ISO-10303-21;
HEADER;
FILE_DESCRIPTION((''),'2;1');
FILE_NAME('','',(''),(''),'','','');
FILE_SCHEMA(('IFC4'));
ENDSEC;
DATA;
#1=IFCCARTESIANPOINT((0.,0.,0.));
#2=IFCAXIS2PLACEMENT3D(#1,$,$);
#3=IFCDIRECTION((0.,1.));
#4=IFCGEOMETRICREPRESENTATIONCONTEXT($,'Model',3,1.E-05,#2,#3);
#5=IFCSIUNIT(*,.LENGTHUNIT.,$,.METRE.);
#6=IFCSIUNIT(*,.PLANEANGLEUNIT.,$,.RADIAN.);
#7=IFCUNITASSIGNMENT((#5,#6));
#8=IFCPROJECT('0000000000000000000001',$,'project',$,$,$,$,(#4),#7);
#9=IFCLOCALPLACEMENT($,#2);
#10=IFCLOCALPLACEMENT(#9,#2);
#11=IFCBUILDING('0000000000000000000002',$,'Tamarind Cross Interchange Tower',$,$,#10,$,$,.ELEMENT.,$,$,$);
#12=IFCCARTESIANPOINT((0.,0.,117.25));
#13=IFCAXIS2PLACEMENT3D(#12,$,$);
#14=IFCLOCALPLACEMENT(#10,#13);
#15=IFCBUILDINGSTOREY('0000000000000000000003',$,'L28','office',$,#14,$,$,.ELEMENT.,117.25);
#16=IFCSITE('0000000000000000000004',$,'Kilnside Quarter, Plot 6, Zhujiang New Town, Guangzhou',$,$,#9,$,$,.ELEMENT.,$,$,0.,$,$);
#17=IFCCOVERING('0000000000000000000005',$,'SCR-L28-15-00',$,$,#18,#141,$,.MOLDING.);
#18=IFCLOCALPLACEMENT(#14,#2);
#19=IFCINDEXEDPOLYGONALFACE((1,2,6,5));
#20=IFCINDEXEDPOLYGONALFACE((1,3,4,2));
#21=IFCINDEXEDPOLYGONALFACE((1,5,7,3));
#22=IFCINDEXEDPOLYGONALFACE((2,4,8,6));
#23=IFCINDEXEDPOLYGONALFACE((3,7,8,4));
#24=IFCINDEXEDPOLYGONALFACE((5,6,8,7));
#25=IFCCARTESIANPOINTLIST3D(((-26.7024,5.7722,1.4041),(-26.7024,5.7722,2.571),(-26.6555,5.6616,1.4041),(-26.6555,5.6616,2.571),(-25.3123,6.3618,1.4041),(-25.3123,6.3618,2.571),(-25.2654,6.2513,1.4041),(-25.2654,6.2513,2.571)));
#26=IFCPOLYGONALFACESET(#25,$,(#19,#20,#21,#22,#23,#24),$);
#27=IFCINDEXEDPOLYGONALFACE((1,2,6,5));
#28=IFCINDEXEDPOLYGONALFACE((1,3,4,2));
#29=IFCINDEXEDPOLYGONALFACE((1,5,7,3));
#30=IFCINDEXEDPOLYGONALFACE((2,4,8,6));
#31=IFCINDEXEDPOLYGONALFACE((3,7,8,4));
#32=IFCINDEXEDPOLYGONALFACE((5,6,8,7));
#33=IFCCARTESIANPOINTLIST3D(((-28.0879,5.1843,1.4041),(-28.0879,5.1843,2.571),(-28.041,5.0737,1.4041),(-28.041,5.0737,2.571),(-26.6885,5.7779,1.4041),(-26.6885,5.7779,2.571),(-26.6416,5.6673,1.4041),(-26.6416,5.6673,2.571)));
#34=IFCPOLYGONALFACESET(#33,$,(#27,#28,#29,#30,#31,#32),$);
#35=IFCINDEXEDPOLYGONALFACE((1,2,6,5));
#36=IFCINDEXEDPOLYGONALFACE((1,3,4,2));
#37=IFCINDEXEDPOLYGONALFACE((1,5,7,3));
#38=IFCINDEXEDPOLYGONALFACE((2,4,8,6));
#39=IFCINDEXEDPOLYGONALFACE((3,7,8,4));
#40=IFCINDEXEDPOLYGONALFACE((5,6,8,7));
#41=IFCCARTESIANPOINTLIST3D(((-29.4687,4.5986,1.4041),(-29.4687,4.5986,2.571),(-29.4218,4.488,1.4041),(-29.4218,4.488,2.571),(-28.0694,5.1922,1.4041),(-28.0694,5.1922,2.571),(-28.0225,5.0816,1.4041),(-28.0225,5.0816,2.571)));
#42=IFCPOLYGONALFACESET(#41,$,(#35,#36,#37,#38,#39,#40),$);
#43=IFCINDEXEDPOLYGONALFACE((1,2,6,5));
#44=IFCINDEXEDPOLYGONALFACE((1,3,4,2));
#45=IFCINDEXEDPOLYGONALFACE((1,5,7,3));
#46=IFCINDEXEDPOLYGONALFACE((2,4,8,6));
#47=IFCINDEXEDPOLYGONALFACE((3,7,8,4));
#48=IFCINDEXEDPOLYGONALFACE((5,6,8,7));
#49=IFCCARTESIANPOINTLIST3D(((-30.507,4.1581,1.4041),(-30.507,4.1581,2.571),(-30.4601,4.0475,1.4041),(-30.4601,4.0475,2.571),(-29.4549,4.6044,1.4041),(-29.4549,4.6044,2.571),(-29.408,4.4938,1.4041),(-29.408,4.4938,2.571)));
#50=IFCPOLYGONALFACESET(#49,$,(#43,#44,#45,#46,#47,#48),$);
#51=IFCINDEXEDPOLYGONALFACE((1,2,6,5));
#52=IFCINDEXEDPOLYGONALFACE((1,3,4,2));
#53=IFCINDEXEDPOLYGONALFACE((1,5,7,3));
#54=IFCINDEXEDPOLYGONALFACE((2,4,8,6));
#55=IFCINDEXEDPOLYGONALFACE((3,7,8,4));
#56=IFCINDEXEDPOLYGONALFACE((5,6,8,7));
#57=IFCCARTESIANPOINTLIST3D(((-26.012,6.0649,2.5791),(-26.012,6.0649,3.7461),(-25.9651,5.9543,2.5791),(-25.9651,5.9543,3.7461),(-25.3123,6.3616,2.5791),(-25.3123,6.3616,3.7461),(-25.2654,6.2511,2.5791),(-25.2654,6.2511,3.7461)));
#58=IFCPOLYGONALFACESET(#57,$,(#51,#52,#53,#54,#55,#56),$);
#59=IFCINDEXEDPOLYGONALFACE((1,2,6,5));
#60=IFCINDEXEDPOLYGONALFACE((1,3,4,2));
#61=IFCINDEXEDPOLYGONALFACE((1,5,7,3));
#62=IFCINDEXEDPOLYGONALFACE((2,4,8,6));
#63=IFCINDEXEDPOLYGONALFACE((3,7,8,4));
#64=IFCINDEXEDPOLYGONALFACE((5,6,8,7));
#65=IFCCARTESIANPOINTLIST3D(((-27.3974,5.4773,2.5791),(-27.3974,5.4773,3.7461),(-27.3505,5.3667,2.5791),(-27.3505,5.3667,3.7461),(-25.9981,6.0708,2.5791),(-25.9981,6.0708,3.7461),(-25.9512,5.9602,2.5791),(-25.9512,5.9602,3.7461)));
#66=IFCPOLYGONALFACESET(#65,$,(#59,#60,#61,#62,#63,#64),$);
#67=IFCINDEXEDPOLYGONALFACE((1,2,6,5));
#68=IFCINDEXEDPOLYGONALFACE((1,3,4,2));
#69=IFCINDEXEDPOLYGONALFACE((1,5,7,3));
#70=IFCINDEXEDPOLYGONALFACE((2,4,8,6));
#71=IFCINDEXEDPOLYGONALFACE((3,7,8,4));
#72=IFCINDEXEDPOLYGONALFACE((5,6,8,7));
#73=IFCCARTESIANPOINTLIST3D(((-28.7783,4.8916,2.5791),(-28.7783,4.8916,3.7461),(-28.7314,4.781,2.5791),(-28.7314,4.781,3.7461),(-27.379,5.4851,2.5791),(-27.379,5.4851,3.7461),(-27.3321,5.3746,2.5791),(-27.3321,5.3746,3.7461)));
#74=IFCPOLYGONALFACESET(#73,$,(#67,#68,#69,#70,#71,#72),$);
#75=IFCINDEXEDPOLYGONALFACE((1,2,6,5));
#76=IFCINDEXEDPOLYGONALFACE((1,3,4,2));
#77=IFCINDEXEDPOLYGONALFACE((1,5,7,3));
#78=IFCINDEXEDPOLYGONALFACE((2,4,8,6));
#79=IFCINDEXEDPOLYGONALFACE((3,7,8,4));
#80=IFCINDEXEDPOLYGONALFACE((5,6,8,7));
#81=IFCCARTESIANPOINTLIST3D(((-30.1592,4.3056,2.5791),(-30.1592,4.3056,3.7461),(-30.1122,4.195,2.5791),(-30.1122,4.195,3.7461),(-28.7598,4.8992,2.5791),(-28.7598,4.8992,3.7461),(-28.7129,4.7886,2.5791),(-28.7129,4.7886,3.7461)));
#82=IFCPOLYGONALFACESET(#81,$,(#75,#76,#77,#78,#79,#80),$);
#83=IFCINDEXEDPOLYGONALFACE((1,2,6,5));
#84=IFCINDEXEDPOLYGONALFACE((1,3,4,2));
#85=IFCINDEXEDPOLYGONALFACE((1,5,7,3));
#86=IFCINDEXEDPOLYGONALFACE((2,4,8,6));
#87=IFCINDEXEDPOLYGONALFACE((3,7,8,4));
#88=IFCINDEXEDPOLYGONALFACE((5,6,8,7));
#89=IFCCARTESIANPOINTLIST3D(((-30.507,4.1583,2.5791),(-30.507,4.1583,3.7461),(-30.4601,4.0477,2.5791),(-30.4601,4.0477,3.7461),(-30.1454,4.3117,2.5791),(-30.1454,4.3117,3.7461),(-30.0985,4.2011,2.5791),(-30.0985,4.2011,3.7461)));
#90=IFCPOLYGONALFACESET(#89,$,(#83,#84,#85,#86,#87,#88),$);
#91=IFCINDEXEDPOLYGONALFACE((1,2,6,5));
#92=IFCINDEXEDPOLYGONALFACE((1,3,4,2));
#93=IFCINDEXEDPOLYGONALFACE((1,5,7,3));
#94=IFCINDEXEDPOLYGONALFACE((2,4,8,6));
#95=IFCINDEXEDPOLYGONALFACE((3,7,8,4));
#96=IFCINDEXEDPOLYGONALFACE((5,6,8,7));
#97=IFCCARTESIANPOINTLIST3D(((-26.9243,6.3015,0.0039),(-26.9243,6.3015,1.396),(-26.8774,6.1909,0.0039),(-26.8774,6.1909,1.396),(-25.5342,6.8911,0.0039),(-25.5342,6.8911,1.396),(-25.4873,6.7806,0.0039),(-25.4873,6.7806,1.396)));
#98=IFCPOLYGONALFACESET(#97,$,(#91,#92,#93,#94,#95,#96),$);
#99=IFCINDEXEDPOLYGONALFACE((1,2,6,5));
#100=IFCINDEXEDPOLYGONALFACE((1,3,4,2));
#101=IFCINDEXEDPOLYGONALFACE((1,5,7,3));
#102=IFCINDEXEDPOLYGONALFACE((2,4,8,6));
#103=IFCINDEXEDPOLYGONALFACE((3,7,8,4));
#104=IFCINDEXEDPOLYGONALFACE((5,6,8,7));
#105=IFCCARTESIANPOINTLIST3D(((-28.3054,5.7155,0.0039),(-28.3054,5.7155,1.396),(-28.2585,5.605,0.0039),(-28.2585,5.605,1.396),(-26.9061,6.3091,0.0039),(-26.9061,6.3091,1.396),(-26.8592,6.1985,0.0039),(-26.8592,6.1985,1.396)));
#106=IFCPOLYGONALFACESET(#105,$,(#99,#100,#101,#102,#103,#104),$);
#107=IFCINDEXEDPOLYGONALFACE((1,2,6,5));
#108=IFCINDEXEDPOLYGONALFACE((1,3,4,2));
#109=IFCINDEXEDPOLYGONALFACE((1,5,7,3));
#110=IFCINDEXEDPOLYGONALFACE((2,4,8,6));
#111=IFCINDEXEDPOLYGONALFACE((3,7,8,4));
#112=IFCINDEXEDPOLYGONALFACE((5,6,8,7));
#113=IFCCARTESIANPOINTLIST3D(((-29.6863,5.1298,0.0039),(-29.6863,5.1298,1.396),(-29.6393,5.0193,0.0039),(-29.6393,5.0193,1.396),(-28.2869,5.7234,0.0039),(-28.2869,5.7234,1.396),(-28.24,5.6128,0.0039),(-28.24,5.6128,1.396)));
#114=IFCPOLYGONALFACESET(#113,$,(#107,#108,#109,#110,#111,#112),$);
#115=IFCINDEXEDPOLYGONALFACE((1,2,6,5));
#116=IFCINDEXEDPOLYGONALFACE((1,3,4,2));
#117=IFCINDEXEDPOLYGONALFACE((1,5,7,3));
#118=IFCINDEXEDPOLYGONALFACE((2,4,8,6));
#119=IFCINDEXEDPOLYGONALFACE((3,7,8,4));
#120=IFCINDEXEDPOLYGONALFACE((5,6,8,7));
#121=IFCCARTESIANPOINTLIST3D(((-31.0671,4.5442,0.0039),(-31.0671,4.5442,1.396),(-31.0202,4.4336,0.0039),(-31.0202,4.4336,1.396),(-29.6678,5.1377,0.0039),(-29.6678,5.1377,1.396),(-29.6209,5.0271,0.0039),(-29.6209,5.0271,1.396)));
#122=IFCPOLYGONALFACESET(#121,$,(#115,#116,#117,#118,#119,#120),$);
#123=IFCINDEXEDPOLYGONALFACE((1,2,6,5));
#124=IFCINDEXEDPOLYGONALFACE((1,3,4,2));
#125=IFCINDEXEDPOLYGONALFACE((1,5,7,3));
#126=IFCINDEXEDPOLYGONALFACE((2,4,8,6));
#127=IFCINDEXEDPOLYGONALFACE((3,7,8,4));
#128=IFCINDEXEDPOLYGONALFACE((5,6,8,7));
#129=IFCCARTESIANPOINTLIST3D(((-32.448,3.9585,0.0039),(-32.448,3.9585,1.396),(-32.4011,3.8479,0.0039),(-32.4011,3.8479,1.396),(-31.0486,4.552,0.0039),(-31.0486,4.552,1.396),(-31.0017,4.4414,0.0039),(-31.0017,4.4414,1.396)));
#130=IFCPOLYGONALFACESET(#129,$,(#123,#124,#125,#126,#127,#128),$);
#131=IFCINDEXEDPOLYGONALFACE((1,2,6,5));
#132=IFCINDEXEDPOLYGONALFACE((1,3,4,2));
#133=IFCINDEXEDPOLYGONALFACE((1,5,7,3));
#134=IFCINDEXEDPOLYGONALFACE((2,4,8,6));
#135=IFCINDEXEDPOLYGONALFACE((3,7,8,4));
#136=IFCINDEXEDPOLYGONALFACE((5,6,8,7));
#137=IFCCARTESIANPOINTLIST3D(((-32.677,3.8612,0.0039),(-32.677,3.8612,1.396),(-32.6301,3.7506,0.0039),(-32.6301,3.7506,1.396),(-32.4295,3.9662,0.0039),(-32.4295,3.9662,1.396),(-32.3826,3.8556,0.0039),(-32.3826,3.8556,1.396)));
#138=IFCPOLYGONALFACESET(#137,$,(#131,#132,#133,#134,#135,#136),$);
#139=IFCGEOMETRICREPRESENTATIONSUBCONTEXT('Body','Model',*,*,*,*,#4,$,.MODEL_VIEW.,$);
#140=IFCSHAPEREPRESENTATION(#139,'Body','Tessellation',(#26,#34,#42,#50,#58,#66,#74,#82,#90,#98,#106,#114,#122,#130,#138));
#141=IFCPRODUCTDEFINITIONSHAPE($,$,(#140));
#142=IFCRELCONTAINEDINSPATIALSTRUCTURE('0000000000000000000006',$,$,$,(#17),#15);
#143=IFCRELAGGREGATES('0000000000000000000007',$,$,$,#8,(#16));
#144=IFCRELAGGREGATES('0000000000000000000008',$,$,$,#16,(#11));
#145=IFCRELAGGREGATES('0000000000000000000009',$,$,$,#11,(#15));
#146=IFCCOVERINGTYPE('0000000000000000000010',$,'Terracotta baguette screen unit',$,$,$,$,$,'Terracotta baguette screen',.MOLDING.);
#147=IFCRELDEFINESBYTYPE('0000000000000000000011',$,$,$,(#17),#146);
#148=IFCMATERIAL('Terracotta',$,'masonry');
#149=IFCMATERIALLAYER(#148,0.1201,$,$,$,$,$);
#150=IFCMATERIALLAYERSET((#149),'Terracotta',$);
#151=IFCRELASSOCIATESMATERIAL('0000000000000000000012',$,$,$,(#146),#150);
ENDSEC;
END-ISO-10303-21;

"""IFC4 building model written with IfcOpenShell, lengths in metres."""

from ifc_helpers import new_model, si_unit, direction, frame, origin, origin_2d, place, context, subcontext, project, spatial, rectangle, extrude, material, layer, layer_set, type_object, element, save


model = new_model("IFC4")

# Units and contexts
model_context = context("Model", 3, precision=1e-05, world=origin(), true_north=direction((0.0, 1.0)))
body_context = subcontext(model_context, "Body", "Model", "MODEL_VIEW")
ifc_project = project(units=[si_unit("LENGTHUNIT", "METRE"), si_unit("PLANEANGLEUNIT", "RADIAN")], contexts=[model_context])

# Site, building, storey
site_placement = place(None, origin())
site = spatial("IfcSite", under=ifc_project, at=site_placement, Name="Kilnside Quarter, Plot 6, Zhujiang New Town, Guangzhou", CompositionType="ELEMENT", RefElevation=0.0)
building_placement = place(site_placement, origin())
building = spatial("IfcBuilding", under=site, at=building_placement, Name="Tamarind Cross Interchange Tower", CompositionType="ELEMENT")
storey_placement = place(building_placement, frame((0.0, 0.0, 117.25)))
storey = spatial("IfcBuildingStorey", under=building, at=storey_placement, Name="L28", Description="office", CompositionType="ELEMENT", Elevation=117.25)

# Covering
ifc_material_1 = material(Name="Terracotta", Category="masonry")
ifc_layer_1 = layer(ifc_material_1, 0.1201)
ifc_layer_set_1 = layer_set([ifc_layer_1], Name="Terracotta")
covering_type = type_object("IfcCoveringType", Name="Terracotta baguette screen unit", ElementType="Terracotta baguette screen", PredefinedType="MOLDING", material=ifc_layer_set_1)
covering_1_placement = place(storey_placement, origin())
element("IfcCovering", 1, at=covering_1_placement, inside=storey, type_object=covering_type, Name="SCR-L28-15-00", PredefinedType="MOLDING", context=body_context, shape_type="SweptSolid", body=[
    extrude(rectangle(XDim=1.51, YDim=0.1201, at=origin_2d()), frame((-25.9839, 6.0117, 1.4041), z_axis=(0.0, 0.0, 1.0), x_axis=(-0.920603, -0.3905, 0.0)), (0.0, 0.0, 1.0), 1.167),
    extrude(rectangle(XDim=1.52, YDim=0.1201, at=origin_2d()), frame((-27.3647, 5.4258, 1.4041), z_axis=(0.0, 0.0, 1.0), x_axis=(-0.920603, -0.3905, 0.0)), (0.0, 0.0, 1.0), 1.167),
    extrude(rectangle(XDim=1.52, YDim=0.1201, at=origin_2d()), frame((-28.7456, 4.8401, 1.4041), z_axis=(0.0, 0.0, 1.0), x_axis=(-0.920603, -0.3905, 0.0)), (0.0, 0.0, 1.0), 1.167),
    extrude(rectangle(XDim=1.1428, YDim=0.1201, at=origin_2d()), frame((-29.9575, 4.3259, 1.4041), z_axis=(0.0, 0.0, 1.0), x_axis=(-0.920603, -0.3905, 0.0)), (0.0, 0.0, 1.0), 1.167),
    extrude(rectangle(XDim=0.76, YDim=0.1201, at=origin_2d()), frame((-25.6387, 6.158, 2.5791), z_axis=(0.0, 0.0, 1.0), x_axis=(-0.920603, -0.3905, 0.0)), (0.0, 0.0, 1.0), 1.167),
    extrude(rectangle(XDim=1.52, YDim=0.1201, at=origin_2d()), frame((-26.6743, 5.7188, 2.5791), z_axis=(0.0, 0.0, 1.0), x_axis=(-0.920603, -0.3905, 0.0)), (0.0, 0.0, 1.0), 1.167),
    extrude(rectangle(XDim=1.52, YDim=0.1201, at=origin_2d()), frame((-28.0552, 5.1331, 2.5791), z_axis=(0.0, 0.0, 1.0), x_axis=(-0.920603, -0.3905, 0.0)), (0.0, 0.0, 1.0), 1.167),
    extrude(rectangle(XDim=1.52, YDim=0.1201, at=origin_2d()), frame((-29.436, 4.5471, 2.5791), z_axis=(0.0, 0.0, 1.0), x_axis=(-0.920603, -0.3905, 0.0)), (0.0, 0.0, 1.0), 1.167),
    extrude(rectangle(XDim=0.3928, YDim=0.1201, at=origin_2d()), frame((-30.3027, 4.1797, 2.5791), z_axis=(0.0, 0.0, 1.0), x_axis=(-0.920603, -0.3905, 0.0)), (0.0, 0.0, 1.0), 1.167),
    extrude(rectangle(XDim=1.51, YDim=0.1201, at=origin_2d()), frame((-26.2058, 6.541, 0.0039), z_axis=(0.0, 0.0, 1.0), x_axis=(-0.920603, -0.3905, 0.0)), (0.0, 0.0, 1.0), 1.3921),
    extrude(rectangle(XDim=1.52, YDim=0.1201, at=origin_2d()), frame((-27.5823, 5.957, 0.0039), z_axis=(0.0, 0.0, 1.0), x_axis=(-0.920603, -0.3905, 0.0)), (0.0, 0.0, 1.0), 1.3921),
    extrude(rectangle(XDim=1.52, YDim=0.1201, at=origin_2d()), frame((-28.9631, 5.3713, 0.0039), z_axis=(0.0, 0.0, 1.0), x_axis=(-0.920603, -0.3905, 0.0)), (0.0, 0.0, 1.0), 1.3921),
    extrude(rectangle(XDim=1.52, YDim=0.1201, at=origin_2d()), frame((-30.344, 4.7856, 0.0039), z_axis=(0.0, 0.0, 1.0), x_axis=(-0.920603, -0.3905, 0.0)), (0.0, 0.0, 1.0), 1.3921),
    extrude(rectangle(XDim=1.52, YDim=0.1201, at=origin_2d()), frame((-31.7249, 4.2, 0.0039), z_axis=(0.0, 0.0, 1.0), x_axis=(-0.920603, -0.3905, 0.0)), (0.0, 0.0, 1.0), 1.3921),
    extrude(rectangle(XDim=0.2688, YDim=0.1201, at=origin_2d()), frame((-32.5298, 3.8584, 0.0039), z_axis=(0.0, 0.0, 1.0), x_axis=(-0.920603, -0.3905, 0.0)), (0.0, 0.0, 1.0), 1.3921),
])

save(model, "model.ifc")
